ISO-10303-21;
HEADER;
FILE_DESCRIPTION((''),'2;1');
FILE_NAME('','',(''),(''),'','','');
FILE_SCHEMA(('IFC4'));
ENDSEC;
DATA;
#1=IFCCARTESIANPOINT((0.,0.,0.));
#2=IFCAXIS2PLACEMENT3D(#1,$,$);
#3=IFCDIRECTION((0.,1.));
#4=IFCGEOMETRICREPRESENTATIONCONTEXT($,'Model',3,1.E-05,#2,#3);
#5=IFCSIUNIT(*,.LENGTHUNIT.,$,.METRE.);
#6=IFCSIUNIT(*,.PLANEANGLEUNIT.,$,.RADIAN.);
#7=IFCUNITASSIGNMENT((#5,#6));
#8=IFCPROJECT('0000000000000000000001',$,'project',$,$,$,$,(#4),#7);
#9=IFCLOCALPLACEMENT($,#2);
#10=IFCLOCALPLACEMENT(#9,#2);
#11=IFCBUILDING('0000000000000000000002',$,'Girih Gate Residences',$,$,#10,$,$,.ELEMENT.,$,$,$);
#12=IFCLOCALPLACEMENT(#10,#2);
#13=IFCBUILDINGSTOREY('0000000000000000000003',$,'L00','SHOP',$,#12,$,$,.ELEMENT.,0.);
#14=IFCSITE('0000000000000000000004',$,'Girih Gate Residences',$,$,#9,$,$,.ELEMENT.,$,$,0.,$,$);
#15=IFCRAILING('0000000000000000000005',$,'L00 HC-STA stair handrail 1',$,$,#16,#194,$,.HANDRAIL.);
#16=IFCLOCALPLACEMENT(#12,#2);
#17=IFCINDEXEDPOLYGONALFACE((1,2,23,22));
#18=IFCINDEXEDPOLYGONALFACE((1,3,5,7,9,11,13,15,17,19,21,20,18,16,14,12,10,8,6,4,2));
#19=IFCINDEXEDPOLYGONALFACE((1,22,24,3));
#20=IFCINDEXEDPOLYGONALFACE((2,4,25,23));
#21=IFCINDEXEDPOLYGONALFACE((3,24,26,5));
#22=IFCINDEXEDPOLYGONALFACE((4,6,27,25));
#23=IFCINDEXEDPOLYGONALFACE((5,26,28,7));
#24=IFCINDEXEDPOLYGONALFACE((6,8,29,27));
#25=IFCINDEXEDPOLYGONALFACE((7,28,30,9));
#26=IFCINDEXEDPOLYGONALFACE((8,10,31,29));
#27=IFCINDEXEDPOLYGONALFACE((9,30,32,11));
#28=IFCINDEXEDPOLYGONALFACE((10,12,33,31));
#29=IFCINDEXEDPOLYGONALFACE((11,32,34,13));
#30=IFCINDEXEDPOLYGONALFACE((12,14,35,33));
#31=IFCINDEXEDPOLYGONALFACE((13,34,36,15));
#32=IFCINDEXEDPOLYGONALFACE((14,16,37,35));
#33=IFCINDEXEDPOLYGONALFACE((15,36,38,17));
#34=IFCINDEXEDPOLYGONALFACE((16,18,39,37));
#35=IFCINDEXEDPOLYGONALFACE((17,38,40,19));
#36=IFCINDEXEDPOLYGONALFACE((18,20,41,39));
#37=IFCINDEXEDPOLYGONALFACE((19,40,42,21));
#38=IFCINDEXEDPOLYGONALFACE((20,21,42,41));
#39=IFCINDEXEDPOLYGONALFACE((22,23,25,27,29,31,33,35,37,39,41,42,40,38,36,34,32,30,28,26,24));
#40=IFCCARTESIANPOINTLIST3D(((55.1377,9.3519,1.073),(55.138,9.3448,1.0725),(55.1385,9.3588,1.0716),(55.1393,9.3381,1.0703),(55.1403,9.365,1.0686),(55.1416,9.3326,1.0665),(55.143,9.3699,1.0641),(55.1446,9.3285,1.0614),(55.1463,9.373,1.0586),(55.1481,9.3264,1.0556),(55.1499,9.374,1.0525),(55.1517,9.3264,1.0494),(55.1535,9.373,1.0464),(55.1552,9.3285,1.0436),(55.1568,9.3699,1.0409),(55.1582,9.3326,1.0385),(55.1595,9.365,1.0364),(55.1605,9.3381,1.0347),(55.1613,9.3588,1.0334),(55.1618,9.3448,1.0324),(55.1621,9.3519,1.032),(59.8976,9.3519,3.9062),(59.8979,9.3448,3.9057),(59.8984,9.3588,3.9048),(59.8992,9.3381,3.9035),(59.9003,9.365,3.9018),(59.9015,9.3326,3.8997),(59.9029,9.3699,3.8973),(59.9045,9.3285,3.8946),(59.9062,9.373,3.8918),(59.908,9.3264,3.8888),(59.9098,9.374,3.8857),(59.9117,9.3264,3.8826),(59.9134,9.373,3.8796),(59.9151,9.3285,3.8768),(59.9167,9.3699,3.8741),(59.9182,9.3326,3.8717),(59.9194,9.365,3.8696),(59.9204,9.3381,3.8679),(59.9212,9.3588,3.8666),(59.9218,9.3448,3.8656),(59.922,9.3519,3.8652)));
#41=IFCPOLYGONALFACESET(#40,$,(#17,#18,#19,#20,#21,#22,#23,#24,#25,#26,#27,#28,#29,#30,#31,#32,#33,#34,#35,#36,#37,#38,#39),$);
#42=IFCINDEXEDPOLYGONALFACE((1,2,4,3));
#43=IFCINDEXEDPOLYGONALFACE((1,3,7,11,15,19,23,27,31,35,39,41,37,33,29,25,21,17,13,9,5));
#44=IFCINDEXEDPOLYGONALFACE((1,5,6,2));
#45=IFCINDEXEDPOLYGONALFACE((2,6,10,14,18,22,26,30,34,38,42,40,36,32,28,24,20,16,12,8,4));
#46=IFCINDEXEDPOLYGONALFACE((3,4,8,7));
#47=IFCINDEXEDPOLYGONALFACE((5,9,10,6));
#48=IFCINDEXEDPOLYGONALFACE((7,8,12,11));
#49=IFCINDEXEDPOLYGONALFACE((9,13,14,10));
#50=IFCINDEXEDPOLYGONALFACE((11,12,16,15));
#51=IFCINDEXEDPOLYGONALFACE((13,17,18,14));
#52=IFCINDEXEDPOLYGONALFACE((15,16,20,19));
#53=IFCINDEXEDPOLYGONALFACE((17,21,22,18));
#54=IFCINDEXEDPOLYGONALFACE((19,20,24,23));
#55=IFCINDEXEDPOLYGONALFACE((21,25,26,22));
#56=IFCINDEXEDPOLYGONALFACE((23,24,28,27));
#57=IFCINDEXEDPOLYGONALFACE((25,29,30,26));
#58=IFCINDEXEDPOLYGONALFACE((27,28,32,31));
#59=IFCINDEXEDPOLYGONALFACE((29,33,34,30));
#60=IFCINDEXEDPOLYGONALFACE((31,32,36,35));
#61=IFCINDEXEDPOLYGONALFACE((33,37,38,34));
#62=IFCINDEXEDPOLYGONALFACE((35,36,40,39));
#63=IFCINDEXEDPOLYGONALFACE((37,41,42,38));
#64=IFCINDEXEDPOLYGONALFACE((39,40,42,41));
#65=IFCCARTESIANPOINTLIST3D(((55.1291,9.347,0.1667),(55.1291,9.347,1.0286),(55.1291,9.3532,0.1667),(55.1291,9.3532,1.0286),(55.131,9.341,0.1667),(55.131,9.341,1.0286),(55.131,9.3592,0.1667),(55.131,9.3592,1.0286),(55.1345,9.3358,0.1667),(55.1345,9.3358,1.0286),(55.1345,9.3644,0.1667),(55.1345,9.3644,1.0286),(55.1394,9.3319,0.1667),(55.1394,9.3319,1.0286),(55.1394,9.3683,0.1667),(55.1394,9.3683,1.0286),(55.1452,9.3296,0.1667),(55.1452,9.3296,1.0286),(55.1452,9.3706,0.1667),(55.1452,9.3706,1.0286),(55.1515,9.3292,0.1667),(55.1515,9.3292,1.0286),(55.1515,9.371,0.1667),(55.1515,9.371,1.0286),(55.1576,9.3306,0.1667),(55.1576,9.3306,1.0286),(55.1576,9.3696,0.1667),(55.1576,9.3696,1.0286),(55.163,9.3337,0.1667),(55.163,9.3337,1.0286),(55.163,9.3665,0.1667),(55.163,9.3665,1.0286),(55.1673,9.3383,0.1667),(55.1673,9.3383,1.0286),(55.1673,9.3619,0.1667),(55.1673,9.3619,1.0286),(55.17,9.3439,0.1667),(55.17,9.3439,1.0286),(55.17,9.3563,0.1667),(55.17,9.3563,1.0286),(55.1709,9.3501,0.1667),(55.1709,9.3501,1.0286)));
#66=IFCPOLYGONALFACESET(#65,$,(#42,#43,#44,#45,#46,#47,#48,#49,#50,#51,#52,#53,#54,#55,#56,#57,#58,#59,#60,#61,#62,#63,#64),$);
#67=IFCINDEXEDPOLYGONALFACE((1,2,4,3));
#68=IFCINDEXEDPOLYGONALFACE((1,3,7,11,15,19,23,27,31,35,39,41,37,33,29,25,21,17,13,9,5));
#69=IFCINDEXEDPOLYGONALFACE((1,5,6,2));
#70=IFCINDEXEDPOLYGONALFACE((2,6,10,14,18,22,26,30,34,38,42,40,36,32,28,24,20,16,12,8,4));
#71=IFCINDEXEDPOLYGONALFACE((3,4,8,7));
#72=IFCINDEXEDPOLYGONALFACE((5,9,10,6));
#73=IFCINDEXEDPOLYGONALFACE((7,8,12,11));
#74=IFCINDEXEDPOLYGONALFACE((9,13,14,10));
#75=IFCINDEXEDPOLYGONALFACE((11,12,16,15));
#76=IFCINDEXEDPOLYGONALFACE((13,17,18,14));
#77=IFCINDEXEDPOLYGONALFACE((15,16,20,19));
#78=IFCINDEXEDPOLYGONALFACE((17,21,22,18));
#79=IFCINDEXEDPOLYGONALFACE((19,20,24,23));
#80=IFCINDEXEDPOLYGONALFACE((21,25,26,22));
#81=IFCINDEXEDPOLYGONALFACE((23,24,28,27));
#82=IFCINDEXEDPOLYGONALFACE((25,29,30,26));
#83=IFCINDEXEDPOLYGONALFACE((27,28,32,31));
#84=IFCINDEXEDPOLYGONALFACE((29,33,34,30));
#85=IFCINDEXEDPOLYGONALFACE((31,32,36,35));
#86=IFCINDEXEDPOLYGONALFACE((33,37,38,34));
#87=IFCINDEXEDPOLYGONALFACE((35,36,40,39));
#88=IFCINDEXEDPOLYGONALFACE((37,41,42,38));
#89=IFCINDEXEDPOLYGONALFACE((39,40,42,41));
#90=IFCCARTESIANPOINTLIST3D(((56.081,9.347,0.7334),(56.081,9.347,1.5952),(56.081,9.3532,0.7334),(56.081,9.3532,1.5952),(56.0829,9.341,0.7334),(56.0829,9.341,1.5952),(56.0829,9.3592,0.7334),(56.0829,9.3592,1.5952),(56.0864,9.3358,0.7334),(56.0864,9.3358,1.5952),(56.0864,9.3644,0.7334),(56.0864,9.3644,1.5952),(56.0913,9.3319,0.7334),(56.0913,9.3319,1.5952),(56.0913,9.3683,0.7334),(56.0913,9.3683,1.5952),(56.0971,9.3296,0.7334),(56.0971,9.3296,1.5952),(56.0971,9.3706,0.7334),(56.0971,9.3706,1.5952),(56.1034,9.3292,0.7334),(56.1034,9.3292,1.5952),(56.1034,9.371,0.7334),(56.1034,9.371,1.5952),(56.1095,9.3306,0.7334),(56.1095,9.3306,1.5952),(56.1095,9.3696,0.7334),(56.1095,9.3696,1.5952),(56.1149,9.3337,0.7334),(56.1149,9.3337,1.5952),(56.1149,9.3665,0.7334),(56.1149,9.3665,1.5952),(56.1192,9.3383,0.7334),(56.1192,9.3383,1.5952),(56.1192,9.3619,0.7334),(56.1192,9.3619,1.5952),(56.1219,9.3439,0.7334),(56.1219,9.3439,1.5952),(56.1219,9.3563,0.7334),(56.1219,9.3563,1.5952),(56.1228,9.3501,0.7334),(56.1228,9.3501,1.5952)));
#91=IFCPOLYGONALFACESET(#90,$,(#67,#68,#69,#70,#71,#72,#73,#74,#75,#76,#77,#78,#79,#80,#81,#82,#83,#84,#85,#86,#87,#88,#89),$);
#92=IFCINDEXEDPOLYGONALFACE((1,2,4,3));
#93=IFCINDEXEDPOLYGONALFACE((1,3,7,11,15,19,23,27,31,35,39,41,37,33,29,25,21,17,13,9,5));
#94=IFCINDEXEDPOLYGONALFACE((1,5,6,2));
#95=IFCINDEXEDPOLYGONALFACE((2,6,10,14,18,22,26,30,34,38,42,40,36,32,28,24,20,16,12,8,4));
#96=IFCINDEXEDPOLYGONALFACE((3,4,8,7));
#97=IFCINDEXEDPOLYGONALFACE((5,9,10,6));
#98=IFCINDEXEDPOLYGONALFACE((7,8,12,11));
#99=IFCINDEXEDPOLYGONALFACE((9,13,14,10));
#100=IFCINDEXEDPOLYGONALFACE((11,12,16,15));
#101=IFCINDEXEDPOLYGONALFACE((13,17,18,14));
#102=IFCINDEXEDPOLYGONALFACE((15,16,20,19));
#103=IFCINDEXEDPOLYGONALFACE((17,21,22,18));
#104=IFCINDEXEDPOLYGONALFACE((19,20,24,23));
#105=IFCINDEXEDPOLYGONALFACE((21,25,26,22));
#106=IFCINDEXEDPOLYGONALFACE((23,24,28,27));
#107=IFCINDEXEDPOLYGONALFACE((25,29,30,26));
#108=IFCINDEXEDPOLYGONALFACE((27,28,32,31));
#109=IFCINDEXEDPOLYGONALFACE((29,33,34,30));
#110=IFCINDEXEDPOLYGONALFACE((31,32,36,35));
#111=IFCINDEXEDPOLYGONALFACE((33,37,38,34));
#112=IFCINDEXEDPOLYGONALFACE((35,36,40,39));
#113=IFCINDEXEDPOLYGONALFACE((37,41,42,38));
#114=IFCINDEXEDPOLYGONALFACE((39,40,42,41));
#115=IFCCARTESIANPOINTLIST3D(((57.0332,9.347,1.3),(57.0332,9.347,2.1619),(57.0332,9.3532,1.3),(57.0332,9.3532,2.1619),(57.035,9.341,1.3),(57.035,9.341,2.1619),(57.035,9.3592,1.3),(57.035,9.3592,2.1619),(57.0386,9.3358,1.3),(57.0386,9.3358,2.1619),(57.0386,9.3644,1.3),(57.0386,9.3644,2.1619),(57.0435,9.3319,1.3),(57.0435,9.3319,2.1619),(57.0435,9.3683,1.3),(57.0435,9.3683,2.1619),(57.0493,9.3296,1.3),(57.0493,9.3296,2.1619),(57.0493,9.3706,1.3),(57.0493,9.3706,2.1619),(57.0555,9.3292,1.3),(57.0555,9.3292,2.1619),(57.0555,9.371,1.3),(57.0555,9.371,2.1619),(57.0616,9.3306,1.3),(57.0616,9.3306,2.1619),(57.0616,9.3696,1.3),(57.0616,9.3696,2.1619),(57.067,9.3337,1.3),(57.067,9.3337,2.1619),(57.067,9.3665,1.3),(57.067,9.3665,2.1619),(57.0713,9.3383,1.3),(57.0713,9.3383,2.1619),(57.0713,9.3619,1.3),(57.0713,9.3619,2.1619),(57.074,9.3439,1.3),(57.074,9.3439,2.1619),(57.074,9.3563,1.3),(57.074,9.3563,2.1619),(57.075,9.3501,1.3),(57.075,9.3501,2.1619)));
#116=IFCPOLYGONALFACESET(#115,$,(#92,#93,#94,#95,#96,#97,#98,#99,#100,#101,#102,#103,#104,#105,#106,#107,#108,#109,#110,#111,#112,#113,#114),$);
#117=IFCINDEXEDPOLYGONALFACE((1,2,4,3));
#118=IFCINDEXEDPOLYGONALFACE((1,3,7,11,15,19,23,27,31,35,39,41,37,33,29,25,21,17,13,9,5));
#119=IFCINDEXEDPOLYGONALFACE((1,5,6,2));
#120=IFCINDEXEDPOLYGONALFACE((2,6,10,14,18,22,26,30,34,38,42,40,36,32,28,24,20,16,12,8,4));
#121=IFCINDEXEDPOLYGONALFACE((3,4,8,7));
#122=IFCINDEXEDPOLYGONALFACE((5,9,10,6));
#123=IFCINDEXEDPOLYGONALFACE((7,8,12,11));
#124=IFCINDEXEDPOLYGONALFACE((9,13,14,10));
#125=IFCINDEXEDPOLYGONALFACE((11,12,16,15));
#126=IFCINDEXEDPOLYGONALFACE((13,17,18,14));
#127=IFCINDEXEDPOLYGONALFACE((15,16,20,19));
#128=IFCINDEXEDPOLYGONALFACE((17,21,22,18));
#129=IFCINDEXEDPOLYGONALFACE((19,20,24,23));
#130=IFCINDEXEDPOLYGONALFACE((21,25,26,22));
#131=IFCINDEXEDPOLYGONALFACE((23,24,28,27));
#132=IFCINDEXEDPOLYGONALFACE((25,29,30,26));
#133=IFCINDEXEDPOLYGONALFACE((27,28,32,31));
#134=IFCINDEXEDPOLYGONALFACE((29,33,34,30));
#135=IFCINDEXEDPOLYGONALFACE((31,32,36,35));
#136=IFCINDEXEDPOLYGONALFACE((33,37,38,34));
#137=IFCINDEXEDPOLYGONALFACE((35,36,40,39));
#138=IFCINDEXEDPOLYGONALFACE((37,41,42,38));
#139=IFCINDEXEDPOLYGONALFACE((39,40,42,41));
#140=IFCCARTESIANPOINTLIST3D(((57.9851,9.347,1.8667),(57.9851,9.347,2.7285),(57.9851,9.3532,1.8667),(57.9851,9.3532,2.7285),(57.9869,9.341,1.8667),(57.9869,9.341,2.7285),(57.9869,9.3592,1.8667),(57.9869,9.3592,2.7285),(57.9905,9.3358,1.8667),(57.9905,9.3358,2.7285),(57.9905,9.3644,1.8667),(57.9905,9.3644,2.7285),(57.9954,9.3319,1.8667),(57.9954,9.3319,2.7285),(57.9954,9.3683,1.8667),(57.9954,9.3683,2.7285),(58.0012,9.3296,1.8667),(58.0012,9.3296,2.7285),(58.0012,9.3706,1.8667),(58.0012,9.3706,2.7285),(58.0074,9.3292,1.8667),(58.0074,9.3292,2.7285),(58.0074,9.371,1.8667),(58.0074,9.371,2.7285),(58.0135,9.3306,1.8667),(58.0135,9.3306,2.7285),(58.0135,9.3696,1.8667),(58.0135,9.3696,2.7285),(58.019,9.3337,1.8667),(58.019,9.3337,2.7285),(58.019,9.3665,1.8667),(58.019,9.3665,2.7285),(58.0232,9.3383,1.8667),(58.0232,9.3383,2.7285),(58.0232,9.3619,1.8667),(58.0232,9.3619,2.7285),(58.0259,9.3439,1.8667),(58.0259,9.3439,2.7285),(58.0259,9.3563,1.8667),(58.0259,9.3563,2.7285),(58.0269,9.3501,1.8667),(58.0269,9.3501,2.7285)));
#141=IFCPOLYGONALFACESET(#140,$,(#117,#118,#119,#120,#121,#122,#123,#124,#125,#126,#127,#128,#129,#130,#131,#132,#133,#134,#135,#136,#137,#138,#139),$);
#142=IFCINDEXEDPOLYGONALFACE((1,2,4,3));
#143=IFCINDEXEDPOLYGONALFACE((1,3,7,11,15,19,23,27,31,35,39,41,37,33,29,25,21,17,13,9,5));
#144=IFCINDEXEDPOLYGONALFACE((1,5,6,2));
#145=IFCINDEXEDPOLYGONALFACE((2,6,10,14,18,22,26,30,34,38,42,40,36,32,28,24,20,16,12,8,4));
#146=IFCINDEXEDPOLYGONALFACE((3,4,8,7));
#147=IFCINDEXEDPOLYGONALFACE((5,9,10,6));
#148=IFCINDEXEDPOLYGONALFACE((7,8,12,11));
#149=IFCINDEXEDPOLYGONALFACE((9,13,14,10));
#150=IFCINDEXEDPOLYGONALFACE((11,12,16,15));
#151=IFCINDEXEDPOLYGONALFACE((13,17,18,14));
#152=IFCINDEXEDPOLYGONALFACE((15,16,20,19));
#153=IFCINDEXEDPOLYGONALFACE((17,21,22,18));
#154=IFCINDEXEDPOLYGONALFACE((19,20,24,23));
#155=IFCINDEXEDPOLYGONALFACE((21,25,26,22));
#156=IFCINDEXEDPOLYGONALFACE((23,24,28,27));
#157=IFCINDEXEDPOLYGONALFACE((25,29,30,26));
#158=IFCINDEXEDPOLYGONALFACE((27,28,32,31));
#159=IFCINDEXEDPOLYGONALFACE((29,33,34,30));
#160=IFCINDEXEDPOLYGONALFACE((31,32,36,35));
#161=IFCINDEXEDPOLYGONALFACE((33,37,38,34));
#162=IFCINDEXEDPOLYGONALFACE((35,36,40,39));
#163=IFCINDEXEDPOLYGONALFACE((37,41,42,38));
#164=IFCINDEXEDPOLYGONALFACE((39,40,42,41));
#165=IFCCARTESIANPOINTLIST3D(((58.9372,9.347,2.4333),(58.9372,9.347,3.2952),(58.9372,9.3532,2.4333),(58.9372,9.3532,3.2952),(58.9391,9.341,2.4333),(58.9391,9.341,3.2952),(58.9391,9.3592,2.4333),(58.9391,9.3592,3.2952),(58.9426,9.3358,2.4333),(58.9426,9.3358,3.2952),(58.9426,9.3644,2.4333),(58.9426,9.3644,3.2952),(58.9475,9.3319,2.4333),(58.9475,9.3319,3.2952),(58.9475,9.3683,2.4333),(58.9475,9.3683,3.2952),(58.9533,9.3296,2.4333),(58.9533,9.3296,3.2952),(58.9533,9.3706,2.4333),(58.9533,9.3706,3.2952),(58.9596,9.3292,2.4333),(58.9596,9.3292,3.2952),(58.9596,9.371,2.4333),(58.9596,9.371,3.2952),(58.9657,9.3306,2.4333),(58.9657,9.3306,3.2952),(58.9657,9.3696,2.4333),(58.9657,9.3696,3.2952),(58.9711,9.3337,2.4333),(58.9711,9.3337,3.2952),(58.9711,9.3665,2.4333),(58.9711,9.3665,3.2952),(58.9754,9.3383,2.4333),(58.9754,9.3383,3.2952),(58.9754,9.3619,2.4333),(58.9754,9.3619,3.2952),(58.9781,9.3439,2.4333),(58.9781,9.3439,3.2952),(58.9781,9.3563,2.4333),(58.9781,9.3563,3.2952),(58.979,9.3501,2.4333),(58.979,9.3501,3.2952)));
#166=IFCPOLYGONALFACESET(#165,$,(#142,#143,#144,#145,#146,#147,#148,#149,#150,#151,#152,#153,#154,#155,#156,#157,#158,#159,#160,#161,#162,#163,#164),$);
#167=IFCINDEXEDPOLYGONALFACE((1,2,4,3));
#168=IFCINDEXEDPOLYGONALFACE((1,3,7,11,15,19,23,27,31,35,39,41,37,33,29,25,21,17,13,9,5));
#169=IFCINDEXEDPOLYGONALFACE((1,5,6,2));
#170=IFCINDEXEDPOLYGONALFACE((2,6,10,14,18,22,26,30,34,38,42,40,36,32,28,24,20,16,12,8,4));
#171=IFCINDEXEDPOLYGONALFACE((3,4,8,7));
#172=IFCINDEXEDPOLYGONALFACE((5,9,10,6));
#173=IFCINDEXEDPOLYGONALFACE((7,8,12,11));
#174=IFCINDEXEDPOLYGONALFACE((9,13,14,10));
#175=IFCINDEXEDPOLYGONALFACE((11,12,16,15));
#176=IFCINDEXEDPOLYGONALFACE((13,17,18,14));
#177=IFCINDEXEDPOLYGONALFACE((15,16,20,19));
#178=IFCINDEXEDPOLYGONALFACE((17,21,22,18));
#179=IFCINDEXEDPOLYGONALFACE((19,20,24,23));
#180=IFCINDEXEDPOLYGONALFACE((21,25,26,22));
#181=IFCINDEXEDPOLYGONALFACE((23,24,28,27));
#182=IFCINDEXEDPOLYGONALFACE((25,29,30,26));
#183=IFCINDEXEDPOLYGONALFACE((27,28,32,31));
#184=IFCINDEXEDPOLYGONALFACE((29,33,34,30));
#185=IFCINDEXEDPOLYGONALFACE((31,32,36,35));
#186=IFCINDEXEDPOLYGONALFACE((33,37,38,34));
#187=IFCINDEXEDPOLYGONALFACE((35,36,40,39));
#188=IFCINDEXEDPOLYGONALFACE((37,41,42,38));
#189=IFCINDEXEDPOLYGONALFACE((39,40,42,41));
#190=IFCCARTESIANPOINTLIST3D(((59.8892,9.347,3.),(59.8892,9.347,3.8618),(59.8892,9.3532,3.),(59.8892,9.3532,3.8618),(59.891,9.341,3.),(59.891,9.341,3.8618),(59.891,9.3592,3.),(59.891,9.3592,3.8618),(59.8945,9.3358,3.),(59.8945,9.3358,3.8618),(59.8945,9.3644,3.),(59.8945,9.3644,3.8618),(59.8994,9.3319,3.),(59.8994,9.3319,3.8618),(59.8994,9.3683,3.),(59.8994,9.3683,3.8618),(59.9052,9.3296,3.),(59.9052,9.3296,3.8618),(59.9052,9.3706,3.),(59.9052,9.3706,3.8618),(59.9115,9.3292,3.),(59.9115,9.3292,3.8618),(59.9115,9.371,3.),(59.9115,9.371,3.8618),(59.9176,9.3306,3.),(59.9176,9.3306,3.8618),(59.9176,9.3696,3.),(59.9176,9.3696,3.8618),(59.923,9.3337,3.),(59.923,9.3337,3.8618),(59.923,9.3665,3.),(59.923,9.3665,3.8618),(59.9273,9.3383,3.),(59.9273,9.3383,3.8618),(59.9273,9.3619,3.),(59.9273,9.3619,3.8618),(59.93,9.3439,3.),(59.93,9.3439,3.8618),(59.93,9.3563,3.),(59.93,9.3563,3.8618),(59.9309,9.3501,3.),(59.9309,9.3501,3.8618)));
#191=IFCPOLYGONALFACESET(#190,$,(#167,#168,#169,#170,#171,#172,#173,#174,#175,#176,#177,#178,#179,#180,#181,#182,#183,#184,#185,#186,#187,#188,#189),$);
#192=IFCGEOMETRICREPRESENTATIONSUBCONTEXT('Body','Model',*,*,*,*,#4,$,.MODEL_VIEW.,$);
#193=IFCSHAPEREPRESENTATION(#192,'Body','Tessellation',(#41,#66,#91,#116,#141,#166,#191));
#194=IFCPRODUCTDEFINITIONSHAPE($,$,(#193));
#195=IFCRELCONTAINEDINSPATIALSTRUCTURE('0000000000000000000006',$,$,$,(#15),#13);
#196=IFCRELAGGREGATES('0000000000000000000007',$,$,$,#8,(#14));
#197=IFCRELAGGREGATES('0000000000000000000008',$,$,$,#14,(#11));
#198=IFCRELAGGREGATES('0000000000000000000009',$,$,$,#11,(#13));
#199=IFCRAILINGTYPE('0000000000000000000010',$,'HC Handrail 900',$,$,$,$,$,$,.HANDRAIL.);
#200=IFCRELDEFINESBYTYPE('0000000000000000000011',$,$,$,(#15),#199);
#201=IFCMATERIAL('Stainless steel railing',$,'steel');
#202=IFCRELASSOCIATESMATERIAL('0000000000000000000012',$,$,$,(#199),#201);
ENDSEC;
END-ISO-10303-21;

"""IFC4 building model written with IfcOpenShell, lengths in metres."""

from ifc_helpers import new_model, si_unit, direction, frame, origin, origin_2d, place, context, subcontext, project, spatial, circle, extrude, material, type_object, element, save


model = new_model("IFC4")

# Units and contexts
model_context = context("Model", 3, precision=1e-05, world=origin(), true_north=direction((0.0, 1.0)))
body_context = subcontext(model_context, "Body", "Model", "MODEL_VIEW")
ifc_project = project(units=[si_unit("LENGTHUNIT", "METRE"), si_unit("PLANEANGLEUNIT", "RADIAN")], contexts=[model_context])

# Site, building, storey
site_placement = place(None, origin())
site = spatial("IfcSite", under=ifc_project, at=site_placement, Name="Girih Gate Residences", CompositionType="ELEMENT", RefElevation=0.0)
building_placement = place(site_placement, origin())
building = spatial("IfcBuilding", under=site, at=building_placement, Name="Girih Gate Residences", CompositionType="ELEMENT")
storey_placement = place(building_placement, origin())
storey = spatial("IfcBuildingStorey", under=building, at=storey_placement, Name="L00", Description="SHOP", CompositionType="ELEMENT", Elevation=0.0)

# Railing
ifc_material_1 = material(Name="Stainless steel railing", Category="steel")
railing_type_1 = type_object("IfcRailingType", Name="HC Handrail 900", PredefinedType="HANDRAIL", material=ifc_material_1)
railing_1_placement = place(storey_placement, frame((55.1499, 9.3501, 0.1667)))
element("IfcRailing", 1, at=railing_1_placement, inside=storey, type_object=railing_type_1, Name="L00 HC-STA stair handrail 1", PredefinedType="HANDRAIL", context=body_context, shape_type="SweptSolid", body=[
    extrude(circle(Radius=0.0239, at=origin_2d()), frame((0.0, 0.0, 0.8857), z_axis=(0.8593, 0.0, 0.511472), x_axis=(0.0, 1.0, 0.0)), (0.0, 0.0, 1.0), 5.5393),
    extrude(circle(Radius=0.021, at=origin_2d()), origin(), (0.0, 0.0, 1.0), 0.8618),
    extrude(circle(Radius=0.021, at=origin_2d()), frame((0.9519, 0.0, 0.5667)), (0.0, 0.0, 1.0), 0.8618),
    extrude(circle(Radius=0.021, at=origin_2d()), frame((1.9041, 0.0, 1.1333)), (0.0, 0.0, 1.0), 0.8618),
    extrude(circle(Radius=0.021, at=origin_2d()), frame((2.856, 0.0, 1.7)), (0.0, 0.0, 1.0), 0.8618),
    extrude(circle(Radius=0.021, at=origin_2d()), frame((3.8081, 0.0, 2.2666)), (0.0, 0.0, 1.0), 0.8618),
    extrude(circle(Radius=0.021, at=origin_2d()), frame((4.76, 0.0, 2.8333)), (0.0, 0.0, 1.0), 0.8618),
])

save(model, "model.ifc")
